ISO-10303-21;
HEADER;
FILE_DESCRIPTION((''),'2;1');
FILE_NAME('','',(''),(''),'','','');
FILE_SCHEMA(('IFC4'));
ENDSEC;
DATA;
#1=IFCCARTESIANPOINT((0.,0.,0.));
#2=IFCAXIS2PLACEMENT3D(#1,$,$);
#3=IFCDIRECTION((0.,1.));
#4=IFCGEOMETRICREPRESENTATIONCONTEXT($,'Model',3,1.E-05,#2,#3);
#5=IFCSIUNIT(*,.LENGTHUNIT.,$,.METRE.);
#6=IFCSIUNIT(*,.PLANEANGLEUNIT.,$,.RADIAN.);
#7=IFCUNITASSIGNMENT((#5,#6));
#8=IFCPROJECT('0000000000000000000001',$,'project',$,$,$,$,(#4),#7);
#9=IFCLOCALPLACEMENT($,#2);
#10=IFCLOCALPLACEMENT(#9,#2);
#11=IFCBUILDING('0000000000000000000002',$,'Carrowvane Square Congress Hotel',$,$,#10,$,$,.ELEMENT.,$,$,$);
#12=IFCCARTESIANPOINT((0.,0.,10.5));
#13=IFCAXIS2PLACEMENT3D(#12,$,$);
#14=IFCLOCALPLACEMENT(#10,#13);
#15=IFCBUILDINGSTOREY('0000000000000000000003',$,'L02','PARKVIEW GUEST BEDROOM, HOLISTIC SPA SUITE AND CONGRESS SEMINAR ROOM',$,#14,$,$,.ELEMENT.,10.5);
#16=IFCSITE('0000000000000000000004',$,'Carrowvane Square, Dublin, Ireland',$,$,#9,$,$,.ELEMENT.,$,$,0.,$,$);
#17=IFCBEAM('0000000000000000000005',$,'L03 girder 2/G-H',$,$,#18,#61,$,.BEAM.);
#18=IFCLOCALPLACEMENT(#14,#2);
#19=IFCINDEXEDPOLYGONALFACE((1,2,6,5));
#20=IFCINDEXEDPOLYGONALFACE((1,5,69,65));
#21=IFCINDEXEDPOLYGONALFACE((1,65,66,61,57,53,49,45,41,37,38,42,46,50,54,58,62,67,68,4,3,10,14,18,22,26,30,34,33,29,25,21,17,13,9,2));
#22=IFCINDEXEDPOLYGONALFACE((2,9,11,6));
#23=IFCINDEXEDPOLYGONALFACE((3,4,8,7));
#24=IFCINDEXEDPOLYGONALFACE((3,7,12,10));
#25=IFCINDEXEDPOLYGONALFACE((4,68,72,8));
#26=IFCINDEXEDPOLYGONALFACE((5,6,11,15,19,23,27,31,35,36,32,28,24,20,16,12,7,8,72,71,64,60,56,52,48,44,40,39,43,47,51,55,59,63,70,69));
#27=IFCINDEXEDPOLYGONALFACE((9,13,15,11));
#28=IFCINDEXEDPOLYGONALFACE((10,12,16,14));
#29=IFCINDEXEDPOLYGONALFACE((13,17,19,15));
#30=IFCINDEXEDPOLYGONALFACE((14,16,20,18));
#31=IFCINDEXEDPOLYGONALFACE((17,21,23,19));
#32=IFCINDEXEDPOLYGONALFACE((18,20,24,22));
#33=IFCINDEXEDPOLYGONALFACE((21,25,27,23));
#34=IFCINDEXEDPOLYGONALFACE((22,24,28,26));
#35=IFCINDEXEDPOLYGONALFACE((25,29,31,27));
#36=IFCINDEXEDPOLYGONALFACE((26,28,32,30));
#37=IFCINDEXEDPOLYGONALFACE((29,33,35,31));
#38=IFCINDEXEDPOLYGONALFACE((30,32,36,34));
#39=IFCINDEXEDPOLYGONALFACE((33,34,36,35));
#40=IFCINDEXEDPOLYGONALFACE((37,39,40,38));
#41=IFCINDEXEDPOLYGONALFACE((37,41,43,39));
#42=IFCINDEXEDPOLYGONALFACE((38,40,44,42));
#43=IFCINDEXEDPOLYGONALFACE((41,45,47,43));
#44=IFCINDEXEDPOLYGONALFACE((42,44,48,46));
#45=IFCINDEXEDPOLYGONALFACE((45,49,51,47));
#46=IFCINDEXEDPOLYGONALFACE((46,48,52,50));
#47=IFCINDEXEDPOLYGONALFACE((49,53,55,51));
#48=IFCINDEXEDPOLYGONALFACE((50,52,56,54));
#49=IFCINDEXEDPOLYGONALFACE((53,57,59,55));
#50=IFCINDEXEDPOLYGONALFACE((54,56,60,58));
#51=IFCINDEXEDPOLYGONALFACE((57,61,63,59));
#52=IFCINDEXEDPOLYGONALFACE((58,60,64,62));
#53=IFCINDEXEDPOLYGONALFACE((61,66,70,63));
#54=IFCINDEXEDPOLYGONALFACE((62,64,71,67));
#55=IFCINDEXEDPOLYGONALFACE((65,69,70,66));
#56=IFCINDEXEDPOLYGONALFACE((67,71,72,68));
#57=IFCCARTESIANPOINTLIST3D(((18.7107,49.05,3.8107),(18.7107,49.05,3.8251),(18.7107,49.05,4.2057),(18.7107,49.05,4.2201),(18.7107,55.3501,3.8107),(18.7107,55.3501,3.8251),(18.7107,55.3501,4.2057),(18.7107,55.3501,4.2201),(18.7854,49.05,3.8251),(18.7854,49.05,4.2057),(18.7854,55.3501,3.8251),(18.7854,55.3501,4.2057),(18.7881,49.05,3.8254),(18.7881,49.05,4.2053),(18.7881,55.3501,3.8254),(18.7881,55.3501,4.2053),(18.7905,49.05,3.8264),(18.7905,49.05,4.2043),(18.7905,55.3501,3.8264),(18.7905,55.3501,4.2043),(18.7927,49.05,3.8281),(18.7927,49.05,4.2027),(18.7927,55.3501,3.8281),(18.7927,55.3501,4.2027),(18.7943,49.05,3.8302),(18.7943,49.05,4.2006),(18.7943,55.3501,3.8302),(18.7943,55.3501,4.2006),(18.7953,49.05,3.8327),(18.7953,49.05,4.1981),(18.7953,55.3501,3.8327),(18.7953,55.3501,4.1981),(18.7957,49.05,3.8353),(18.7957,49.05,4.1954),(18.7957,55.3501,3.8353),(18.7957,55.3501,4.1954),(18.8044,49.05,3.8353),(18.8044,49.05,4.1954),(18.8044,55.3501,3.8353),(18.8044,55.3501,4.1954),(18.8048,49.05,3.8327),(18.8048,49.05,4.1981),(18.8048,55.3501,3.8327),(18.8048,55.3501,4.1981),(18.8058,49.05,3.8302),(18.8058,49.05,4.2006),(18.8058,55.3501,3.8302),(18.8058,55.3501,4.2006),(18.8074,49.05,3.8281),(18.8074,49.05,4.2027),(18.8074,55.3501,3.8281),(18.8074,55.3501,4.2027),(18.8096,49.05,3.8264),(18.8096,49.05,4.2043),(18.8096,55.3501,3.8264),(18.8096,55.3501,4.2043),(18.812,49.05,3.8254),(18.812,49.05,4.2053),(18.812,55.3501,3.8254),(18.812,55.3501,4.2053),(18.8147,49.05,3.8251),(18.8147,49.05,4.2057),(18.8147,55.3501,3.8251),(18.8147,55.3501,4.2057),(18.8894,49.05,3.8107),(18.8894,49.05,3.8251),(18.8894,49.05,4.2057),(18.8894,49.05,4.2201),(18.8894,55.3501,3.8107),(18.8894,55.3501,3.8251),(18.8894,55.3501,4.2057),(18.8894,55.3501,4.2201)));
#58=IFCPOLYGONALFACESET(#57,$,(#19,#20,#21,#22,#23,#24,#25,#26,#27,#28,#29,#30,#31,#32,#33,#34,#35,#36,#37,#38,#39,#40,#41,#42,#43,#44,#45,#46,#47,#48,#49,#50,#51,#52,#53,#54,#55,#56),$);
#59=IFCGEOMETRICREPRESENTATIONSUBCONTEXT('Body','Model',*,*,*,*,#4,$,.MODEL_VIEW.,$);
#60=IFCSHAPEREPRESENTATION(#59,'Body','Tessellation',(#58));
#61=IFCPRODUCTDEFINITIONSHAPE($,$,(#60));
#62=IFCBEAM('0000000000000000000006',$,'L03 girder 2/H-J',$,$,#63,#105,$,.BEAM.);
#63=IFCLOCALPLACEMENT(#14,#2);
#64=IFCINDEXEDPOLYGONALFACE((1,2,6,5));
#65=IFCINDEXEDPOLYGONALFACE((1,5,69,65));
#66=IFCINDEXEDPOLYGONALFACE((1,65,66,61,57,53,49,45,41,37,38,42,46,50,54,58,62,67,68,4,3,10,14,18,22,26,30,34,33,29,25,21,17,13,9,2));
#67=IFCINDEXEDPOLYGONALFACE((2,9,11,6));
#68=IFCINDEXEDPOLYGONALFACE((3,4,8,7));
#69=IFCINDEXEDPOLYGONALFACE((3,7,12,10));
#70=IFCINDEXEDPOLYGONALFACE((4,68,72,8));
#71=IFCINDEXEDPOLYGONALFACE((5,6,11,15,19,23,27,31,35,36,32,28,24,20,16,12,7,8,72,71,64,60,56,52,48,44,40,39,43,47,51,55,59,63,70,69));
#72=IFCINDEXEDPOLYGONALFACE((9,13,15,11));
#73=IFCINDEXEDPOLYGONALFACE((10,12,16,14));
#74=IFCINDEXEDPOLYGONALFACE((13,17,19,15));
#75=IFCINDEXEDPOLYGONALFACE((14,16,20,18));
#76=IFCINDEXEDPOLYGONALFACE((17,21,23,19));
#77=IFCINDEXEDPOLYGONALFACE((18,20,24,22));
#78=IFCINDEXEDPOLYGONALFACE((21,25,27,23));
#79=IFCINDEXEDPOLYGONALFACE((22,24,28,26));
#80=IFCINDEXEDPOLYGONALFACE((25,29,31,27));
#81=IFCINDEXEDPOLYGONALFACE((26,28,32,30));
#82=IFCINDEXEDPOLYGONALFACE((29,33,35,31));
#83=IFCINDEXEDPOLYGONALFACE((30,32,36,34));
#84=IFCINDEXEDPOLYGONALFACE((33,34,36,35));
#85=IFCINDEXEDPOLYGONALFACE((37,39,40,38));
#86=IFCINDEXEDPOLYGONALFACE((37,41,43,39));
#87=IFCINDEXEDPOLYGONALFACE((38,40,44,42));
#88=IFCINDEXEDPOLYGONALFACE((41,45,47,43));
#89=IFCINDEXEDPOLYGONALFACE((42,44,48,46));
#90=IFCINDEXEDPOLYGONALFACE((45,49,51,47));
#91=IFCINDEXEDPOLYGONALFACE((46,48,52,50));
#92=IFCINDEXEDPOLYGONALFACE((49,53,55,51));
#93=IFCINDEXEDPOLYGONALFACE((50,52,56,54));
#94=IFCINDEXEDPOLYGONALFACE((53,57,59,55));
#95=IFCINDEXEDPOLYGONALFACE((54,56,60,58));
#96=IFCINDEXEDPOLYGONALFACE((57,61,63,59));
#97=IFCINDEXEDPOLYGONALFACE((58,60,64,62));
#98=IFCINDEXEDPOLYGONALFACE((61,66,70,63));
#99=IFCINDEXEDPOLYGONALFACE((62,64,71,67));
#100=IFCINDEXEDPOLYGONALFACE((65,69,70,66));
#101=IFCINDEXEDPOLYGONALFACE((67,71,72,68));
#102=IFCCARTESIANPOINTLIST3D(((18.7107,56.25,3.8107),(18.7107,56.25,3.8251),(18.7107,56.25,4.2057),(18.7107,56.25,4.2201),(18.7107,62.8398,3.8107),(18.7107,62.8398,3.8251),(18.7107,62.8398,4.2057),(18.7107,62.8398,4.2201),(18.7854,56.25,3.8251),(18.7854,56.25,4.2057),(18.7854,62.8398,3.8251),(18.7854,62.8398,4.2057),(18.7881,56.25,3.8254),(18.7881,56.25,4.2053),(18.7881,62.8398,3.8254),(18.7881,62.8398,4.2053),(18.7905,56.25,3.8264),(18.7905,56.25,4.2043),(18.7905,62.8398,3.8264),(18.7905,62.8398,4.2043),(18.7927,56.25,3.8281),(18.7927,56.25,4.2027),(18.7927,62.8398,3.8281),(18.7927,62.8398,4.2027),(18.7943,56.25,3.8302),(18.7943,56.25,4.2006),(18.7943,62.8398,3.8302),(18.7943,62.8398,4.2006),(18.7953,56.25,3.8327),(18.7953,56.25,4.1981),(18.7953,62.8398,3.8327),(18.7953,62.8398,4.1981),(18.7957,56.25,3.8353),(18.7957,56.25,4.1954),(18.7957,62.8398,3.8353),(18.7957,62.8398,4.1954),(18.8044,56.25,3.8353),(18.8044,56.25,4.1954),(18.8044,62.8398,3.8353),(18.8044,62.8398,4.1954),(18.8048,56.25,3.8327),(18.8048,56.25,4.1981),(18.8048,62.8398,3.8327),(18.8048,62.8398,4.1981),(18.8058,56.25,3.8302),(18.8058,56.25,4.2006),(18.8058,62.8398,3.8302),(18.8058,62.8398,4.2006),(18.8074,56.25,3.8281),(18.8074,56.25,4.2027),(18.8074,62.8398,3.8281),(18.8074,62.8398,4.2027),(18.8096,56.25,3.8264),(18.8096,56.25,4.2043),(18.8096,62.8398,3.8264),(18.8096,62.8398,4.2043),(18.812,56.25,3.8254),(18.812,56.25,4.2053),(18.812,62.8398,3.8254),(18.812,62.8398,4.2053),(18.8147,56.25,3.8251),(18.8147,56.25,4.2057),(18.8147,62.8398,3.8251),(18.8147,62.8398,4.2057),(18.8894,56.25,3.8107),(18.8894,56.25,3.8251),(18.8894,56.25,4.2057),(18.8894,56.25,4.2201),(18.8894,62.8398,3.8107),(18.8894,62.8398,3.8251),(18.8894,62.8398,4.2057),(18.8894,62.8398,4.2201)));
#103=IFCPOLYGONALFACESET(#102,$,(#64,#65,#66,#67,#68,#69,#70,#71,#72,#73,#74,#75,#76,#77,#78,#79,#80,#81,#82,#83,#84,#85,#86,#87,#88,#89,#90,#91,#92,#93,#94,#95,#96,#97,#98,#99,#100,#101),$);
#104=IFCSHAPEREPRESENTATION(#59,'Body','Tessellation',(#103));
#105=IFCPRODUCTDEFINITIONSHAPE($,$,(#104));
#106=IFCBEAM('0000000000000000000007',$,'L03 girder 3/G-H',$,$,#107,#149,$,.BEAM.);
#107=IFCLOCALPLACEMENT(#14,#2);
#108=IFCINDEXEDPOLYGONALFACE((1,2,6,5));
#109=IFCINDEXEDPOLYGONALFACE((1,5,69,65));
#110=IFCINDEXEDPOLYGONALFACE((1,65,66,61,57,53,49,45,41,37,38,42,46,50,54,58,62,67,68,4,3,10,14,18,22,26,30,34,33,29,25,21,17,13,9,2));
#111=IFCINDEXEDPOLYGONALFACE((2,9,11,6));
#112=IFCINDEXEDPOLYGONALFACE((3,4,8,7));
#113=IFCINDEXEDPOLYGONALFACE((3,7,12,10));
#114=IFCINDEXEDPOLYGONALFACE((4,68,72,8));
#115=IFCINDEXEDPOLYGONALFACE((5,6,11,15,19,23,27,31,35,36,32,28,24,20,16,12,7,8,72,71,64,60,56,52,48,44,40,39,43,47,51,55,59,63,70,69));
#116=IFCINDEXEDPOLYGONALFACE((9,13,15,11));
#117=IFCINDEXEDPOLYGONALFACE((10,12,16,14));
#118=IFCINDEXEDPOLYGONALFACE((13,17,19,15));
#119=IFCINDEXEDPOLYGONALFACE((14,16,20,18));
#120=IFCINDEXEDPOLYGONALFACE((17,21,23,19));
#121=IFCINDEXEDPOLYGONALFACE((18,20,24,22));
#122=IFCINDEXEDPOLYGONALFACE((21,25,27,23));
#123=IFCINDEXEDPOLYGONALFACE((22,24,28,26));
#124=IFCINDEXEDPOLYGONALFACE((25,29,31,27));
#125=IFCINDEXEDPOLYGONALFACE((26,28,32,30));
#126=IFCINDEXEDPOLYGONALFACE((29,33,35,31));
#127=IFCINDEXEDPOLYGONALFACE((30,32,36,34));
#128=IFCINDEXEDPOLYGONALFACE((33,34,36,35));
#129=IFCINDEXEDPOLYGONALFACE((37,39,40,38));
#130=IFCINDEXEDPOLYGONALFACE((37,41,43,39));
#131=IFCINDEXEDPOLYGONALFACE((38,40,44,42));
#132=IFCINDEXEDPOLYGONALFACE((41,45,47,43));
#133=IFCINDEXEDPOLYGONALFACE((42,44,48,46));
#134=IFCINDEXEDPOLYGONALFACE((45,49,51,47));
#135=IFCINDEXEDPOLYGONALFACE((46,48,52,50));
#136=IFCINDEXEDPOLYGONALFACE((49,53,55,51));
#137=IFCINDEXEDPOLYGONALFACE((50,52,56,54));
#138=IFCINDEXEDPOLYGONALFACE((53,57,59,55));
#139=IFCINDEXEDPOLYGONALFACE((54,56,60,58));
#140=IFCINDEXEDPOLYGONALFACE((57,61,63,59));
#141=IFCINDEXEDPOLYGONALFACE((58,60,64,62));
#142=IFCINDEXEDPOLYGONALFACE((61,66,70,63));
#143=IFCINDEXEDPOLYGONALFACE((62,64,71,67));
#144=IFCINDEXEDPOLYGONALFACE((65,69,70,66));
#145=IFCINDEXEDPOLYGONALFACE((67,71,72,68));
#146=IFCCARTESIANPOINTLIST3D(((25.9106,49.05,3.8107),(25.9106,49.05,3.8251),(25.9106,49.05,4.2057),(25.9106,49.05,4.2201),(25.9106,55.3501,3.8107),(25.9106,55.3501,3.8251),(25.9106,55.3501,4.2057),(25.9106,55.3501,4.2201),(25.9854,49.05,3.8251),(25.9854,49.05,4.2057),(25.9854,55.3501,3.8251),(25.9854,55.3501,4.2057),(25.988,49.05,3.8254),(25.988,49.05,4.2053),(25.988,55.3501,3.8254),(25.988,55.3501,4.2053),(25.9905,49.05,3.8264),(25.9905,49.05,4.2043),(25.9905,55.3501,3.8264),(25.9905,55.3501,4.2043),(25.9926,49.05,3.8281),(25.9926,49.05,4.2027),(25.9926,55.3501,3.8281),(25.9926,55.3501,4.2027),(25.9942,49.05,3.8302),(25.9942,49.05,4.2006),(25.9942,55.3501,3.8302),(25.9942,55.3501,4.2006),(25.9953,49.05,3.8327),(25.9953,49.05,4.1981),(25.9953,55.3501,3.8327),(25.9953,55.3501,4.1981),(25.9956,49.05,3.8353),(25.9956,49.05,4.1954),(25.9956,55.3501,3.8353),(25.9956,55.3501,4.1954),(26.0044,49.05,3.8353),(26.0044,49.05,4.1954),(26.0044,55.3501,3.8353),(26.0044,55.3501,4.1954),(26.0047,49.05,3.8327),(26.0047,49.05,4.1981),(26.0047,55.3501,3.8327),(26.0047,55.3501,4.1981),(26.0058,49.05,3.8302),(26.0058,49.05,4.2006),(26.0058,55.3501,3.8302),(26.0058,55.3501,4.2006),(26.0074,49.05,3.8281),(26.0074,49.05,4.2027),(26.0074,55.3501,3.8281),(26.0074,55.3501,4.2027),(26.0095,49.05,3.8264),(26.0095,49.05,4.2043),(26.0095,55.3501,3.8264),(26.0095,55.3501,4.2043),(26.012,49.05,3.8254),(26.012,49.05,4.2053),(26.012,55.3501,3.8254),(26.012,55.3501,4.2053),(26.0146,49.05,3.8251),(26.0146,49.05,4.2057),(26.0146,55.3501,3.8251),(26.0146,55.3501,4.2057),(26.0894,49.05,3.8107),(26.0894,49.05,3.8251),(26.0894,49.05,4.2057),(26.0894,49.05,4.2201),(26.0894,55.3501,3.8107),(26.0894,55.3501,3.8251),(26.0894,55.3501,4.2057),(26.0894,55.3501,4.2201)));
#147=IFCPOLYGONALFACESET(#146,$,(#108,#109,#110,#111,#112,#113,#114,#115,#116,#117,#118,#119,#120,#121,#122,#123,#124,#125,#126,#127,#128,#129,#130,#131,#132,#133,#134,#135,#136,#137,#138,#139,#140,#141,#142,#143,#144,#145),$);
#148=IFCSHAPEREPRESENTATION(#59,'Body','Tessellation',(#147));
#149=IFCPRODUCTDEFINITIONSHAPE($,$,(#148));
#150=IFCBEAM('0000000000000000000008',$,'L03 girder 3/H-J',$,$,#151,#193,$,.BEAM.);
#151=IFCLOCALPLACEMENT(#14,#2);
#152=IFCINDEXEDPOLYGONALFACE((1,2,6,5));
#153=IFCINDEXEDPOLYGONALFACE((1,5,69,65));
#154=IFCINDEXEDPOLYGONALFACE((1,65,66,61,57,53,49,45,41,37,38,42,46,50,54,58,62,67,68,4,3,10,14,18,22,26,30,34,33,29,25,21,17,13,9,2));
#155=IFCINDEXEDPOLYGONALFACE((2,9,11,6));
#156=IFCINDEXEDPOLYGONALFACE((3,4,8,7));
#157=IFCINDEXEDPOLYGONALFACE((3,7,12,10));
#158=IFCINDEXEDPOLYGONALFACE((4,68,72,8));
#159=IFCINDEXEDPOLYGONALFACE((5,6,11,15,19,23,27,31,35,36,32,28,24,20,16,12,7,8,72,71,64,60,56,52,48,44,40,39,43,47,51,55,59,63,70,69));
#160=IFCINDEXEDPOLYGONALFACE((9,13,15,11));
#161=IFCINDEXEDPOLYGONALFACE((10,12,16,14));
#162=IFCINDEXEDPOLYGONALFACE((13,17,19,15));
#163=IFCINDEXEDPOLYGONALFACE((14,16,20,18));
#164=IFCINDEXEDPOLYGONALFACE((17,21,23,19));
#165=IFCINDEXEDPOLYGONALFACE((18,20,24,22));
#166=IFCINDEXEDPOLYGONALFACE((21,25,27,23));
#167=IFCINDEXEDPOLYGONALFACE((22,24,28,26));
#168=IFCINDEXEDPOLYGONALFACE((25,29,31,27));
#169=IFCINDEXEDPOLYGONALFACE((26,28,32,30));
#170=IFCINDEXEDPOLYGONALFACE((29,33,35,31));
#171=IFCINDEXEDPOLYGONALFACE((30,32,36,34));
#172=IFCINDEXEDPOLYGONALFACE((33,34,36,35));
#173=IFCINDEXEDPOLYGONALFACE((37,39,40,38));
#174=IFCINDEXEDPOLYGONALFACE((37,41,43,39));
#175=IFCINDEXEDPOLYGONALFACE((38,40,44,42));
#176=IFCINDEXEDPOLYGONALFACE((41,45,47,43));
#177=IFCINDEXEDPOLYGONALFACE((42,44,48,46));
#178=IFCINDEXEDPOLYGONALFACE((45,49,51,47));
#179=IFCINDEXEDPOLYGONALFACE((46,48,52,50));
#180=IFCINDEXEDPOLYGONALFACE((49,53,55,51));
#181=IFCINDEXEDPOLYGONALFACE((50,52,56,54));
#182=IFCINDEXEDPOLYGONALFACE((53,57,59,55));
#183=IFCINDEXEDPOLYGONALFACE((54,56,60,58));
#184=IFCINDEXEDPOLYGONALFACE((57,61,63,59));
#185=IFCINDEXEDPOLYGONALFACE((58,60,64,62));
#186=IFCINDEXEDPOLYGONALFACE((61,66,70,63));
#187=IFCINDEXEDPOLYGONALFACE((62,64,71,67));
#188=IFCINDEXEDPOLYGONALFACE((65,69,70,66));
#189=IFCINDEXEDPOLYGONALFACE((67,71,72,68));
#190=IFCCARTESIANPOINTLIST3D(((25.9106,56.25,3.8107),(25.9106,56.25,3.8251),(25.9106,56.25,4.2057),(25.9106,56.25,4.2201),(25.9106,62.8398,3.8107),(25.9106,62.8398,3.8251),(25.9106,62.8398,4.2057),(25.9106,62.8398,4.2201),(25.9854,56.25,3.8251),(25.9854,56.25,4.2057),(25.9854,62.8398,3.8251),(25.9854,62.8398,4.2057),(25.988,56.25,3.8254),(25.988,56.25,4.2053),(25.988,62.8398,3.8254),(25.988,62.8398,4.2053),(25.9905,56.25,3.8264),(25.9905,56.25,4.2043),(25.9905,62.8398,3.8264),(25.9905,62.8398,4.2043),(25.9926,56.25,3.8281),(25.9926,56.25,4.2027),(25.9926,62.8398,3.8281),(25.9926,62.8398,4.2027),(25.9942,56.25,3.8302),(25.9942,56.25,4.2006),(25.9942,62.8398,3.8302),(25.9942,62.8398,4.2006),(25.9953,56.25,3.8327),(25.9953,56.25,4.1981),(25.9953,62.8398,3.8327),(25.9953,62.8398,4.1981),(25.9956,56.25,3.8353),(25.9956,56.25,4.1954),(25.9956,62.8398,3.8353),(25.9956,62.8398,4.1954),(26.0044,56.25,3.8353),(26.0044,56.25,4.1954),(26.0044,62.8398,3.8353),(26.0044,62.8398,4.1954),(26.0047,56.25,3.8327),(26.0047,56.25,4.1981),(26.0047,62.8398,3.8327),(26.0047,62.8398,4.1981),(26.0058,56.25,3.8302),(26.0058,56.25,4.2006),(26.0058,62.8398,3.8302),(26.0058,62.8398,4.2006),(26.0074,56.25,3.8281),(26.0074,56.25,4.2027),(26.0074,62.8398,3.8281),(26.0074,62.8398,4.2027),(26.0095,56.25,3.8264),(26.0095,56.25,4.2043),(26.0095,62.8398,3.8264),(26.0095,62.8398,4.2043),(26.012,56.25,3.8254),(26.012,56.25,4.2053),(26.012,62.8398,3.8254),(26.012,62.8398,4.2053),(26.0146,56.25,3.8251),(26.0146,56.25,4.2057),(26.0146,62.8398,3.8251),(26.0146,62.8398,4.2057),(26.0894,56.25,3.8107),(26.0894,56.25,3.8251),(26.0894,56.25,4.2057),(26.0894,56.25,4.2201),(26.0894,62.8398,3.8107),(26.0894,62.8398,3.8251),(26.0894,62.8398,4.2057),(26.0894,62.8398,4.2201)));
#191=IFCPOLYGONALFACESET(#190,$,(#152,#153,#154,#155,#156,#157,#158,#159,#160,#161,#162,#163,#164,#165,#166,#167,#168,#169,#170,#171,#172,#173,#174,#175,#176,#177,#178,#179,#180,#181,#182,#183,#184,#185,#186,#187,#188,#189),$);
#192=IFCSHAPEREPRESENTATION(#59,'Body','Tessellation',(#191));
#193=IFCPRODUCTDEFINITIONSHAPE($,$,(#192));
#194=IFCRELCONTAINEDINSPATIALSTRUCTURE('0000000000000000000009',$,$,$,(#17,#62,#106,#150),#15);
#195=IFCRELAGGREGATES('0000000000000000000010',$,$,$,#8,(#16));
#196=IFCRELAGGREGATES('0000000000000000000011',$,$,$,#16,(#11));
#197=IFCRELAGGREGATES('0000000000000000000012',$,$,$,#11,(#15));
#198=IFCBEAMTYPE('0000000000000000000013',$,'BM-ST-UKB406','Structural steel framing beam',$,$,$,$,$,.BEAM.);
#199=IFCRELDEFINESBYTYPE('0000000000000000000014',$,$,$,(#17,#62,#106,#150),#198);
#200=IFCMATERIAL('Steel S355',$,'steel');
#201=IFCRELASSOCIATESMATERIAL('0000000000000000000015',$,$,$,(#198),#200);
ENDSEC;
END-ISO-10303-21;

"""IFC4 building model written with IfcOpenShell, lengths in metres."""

from ifc_helpers import new_model, si_unit, direction, frame, origin, origin_2d, place, context, subcontext, project, spatial, i_section, extrude, material, material_profile, profile_set, type_object, element, save


model = new_model("IFC4")

# Units and contexts
model_context = context("Model", 3, precision=1e-05, world=origin(), true_north=direction((0.0, 1.0)))
body_context = subcontext(model_context, "Body", "Model", "MODEL_VIEW")
ifc_project = project(units=[si_unit("LENGTHUNIT", "METRE"), si_unit("PLANEANGLEUNIT", "RADIAN")], contexts=[model_context])

# Site, building, storey
site_placement = place(None, origin())
site = spatial("IfcSite", under=ifc_project, at=site_placement, Name="Carrowvane Square, Dublin, Ireland", CompositionType="ELEMENT", RefElevation=0.0)
building_placement = place(site_placement, origin())
building = spatial("IfcBuilding", under=site, at=building_placement, Name="Carrowvane Square Congress Hotel", CompositionType="ELEMENT")
storey_placement = place(building_placement, frame((0.0, 0.0, 10.5)))
storey = spatial("IfcBuildingStorey", under=building, at=storey_placement, Name="L02", Description="PARKVIEW GUEST BEDROOM, HOLISTIC SPA SUITE AND CONGRESS SEMINAR ROOM", CompositionType="ELEMENT", Elevation=10.5)

# Beams
ifc_material_1 = material(Name="Steel S355", Category="steel")
ifc_material_profile_1 = material_profile(ifc_material_1, i_section(OverallWidth=0.1787, OverallDepth=0.4094, WebThickness=0.0088, FlangeThickness=0.0144, FilletRadius=0.0103, at=origin_2d()), Name="UKB 406x178x67")
ifc_profile_set_1 = profile_set([ifc_material_profile_1], Name="Steel S355")
beam_type_1 = type_object("IfcBeamType", Name="BM-ST-UKB406", Description="Structural steel framing beam", PredefinedType="BEAM", material=ifc_profile_set_1)
beam_1_placement = place(storey_placement, frame((18.8, 49.05, 4.0154), z_axis=(0.0, 1.0, 0.0), x_axis=(-1.0, 0.0, 0.0)))
element("IfcBeam", 1, at=beam_1_placement, inside=storey, type_object=beam_type_1, Name="L03 girder 2/G-H", PredefinedType="BEAM", context=body_context, shape_type="SweptSolid", body=[
    extrude(i_section(OverallWidth=0.1787, OverallDepth=0.4094, WebThickness=0.0088, FlangeThickness=0.0144, FilletRadius=0.0103, at=origin_2d()), origin(), (0.0, 0.0, 1.0), 6.3),
])
beam_2_placement = place(storey_placement, frame((18.8, 56.25, 4.0154), z_axis=(0.0, 1.0, 0.0), x_axis=(-1.0, 0.0, 0.0)))
element("IfcBeam", 2, at=beam_2_placement, inside=storey, type_object=beam_type_1, Name="L03 girder 2/H-J", PredefinedType="BEAM", context=body_context, shape_type="SweptSolid", body=[
    extrude(i_section(OverallWidth=0.1787, OverallDepth=0.4094, WebThickness=0.0088, FlangeThickness=0.0144, FilletRadius=0.0103, at=origin_2d()), origin(), (0.0, 0.0, 1.0), 6.5898),
])
beam_3_placement = place(storey_placement, frame((26.0, 49.05, 4.0154), z_axis=(0.0, 1.0, 0.0), x_axis=(-1.0, 0.0, 0.0)))
element("IfcBeam", 3, at=beam_3_placement, inside=storey, type_object=beam_type_1, Name="L03 girder 3/G-H", PredefinedType="BEAM", context=body_context, shape_type="SweptSolid", body=[
    extrude(i_section(OverallWidth=0.1787, OverallDepth=0.4094, WebThickness=0.0088, FlangeThickness=0.0144, FilletRadius=0.0103, at=origin_2d()), origin(), (0.0, 0.0, 1.0), 6.3),
])
beam_4_placement = place(storey_placement, frame((26.0, 56.25, 4.0154), z_axis=(0.0, 1.0, 0.0), x_axis=(-1.0, 0.0, 0.0)))
element("IfcBeam", 4, at=beam_4_placement, inside=storey, type_object=beam_type_1, Name="L03 girder 3/H-J", PredefinedType="BEAM", context=body_context, shape_type="SweptSolid", body=[
    extrude(i_section(OverallWidth=0.1787, OverallDepth=0.4094, WebThickness=0.0088, FlangeThickness=0.0144, FilletRadius=0.0103, at=origin_2d()), origin(), (0.0, 0.0, 1.0), 6.5898),
])

save(model, "model.ifc")
